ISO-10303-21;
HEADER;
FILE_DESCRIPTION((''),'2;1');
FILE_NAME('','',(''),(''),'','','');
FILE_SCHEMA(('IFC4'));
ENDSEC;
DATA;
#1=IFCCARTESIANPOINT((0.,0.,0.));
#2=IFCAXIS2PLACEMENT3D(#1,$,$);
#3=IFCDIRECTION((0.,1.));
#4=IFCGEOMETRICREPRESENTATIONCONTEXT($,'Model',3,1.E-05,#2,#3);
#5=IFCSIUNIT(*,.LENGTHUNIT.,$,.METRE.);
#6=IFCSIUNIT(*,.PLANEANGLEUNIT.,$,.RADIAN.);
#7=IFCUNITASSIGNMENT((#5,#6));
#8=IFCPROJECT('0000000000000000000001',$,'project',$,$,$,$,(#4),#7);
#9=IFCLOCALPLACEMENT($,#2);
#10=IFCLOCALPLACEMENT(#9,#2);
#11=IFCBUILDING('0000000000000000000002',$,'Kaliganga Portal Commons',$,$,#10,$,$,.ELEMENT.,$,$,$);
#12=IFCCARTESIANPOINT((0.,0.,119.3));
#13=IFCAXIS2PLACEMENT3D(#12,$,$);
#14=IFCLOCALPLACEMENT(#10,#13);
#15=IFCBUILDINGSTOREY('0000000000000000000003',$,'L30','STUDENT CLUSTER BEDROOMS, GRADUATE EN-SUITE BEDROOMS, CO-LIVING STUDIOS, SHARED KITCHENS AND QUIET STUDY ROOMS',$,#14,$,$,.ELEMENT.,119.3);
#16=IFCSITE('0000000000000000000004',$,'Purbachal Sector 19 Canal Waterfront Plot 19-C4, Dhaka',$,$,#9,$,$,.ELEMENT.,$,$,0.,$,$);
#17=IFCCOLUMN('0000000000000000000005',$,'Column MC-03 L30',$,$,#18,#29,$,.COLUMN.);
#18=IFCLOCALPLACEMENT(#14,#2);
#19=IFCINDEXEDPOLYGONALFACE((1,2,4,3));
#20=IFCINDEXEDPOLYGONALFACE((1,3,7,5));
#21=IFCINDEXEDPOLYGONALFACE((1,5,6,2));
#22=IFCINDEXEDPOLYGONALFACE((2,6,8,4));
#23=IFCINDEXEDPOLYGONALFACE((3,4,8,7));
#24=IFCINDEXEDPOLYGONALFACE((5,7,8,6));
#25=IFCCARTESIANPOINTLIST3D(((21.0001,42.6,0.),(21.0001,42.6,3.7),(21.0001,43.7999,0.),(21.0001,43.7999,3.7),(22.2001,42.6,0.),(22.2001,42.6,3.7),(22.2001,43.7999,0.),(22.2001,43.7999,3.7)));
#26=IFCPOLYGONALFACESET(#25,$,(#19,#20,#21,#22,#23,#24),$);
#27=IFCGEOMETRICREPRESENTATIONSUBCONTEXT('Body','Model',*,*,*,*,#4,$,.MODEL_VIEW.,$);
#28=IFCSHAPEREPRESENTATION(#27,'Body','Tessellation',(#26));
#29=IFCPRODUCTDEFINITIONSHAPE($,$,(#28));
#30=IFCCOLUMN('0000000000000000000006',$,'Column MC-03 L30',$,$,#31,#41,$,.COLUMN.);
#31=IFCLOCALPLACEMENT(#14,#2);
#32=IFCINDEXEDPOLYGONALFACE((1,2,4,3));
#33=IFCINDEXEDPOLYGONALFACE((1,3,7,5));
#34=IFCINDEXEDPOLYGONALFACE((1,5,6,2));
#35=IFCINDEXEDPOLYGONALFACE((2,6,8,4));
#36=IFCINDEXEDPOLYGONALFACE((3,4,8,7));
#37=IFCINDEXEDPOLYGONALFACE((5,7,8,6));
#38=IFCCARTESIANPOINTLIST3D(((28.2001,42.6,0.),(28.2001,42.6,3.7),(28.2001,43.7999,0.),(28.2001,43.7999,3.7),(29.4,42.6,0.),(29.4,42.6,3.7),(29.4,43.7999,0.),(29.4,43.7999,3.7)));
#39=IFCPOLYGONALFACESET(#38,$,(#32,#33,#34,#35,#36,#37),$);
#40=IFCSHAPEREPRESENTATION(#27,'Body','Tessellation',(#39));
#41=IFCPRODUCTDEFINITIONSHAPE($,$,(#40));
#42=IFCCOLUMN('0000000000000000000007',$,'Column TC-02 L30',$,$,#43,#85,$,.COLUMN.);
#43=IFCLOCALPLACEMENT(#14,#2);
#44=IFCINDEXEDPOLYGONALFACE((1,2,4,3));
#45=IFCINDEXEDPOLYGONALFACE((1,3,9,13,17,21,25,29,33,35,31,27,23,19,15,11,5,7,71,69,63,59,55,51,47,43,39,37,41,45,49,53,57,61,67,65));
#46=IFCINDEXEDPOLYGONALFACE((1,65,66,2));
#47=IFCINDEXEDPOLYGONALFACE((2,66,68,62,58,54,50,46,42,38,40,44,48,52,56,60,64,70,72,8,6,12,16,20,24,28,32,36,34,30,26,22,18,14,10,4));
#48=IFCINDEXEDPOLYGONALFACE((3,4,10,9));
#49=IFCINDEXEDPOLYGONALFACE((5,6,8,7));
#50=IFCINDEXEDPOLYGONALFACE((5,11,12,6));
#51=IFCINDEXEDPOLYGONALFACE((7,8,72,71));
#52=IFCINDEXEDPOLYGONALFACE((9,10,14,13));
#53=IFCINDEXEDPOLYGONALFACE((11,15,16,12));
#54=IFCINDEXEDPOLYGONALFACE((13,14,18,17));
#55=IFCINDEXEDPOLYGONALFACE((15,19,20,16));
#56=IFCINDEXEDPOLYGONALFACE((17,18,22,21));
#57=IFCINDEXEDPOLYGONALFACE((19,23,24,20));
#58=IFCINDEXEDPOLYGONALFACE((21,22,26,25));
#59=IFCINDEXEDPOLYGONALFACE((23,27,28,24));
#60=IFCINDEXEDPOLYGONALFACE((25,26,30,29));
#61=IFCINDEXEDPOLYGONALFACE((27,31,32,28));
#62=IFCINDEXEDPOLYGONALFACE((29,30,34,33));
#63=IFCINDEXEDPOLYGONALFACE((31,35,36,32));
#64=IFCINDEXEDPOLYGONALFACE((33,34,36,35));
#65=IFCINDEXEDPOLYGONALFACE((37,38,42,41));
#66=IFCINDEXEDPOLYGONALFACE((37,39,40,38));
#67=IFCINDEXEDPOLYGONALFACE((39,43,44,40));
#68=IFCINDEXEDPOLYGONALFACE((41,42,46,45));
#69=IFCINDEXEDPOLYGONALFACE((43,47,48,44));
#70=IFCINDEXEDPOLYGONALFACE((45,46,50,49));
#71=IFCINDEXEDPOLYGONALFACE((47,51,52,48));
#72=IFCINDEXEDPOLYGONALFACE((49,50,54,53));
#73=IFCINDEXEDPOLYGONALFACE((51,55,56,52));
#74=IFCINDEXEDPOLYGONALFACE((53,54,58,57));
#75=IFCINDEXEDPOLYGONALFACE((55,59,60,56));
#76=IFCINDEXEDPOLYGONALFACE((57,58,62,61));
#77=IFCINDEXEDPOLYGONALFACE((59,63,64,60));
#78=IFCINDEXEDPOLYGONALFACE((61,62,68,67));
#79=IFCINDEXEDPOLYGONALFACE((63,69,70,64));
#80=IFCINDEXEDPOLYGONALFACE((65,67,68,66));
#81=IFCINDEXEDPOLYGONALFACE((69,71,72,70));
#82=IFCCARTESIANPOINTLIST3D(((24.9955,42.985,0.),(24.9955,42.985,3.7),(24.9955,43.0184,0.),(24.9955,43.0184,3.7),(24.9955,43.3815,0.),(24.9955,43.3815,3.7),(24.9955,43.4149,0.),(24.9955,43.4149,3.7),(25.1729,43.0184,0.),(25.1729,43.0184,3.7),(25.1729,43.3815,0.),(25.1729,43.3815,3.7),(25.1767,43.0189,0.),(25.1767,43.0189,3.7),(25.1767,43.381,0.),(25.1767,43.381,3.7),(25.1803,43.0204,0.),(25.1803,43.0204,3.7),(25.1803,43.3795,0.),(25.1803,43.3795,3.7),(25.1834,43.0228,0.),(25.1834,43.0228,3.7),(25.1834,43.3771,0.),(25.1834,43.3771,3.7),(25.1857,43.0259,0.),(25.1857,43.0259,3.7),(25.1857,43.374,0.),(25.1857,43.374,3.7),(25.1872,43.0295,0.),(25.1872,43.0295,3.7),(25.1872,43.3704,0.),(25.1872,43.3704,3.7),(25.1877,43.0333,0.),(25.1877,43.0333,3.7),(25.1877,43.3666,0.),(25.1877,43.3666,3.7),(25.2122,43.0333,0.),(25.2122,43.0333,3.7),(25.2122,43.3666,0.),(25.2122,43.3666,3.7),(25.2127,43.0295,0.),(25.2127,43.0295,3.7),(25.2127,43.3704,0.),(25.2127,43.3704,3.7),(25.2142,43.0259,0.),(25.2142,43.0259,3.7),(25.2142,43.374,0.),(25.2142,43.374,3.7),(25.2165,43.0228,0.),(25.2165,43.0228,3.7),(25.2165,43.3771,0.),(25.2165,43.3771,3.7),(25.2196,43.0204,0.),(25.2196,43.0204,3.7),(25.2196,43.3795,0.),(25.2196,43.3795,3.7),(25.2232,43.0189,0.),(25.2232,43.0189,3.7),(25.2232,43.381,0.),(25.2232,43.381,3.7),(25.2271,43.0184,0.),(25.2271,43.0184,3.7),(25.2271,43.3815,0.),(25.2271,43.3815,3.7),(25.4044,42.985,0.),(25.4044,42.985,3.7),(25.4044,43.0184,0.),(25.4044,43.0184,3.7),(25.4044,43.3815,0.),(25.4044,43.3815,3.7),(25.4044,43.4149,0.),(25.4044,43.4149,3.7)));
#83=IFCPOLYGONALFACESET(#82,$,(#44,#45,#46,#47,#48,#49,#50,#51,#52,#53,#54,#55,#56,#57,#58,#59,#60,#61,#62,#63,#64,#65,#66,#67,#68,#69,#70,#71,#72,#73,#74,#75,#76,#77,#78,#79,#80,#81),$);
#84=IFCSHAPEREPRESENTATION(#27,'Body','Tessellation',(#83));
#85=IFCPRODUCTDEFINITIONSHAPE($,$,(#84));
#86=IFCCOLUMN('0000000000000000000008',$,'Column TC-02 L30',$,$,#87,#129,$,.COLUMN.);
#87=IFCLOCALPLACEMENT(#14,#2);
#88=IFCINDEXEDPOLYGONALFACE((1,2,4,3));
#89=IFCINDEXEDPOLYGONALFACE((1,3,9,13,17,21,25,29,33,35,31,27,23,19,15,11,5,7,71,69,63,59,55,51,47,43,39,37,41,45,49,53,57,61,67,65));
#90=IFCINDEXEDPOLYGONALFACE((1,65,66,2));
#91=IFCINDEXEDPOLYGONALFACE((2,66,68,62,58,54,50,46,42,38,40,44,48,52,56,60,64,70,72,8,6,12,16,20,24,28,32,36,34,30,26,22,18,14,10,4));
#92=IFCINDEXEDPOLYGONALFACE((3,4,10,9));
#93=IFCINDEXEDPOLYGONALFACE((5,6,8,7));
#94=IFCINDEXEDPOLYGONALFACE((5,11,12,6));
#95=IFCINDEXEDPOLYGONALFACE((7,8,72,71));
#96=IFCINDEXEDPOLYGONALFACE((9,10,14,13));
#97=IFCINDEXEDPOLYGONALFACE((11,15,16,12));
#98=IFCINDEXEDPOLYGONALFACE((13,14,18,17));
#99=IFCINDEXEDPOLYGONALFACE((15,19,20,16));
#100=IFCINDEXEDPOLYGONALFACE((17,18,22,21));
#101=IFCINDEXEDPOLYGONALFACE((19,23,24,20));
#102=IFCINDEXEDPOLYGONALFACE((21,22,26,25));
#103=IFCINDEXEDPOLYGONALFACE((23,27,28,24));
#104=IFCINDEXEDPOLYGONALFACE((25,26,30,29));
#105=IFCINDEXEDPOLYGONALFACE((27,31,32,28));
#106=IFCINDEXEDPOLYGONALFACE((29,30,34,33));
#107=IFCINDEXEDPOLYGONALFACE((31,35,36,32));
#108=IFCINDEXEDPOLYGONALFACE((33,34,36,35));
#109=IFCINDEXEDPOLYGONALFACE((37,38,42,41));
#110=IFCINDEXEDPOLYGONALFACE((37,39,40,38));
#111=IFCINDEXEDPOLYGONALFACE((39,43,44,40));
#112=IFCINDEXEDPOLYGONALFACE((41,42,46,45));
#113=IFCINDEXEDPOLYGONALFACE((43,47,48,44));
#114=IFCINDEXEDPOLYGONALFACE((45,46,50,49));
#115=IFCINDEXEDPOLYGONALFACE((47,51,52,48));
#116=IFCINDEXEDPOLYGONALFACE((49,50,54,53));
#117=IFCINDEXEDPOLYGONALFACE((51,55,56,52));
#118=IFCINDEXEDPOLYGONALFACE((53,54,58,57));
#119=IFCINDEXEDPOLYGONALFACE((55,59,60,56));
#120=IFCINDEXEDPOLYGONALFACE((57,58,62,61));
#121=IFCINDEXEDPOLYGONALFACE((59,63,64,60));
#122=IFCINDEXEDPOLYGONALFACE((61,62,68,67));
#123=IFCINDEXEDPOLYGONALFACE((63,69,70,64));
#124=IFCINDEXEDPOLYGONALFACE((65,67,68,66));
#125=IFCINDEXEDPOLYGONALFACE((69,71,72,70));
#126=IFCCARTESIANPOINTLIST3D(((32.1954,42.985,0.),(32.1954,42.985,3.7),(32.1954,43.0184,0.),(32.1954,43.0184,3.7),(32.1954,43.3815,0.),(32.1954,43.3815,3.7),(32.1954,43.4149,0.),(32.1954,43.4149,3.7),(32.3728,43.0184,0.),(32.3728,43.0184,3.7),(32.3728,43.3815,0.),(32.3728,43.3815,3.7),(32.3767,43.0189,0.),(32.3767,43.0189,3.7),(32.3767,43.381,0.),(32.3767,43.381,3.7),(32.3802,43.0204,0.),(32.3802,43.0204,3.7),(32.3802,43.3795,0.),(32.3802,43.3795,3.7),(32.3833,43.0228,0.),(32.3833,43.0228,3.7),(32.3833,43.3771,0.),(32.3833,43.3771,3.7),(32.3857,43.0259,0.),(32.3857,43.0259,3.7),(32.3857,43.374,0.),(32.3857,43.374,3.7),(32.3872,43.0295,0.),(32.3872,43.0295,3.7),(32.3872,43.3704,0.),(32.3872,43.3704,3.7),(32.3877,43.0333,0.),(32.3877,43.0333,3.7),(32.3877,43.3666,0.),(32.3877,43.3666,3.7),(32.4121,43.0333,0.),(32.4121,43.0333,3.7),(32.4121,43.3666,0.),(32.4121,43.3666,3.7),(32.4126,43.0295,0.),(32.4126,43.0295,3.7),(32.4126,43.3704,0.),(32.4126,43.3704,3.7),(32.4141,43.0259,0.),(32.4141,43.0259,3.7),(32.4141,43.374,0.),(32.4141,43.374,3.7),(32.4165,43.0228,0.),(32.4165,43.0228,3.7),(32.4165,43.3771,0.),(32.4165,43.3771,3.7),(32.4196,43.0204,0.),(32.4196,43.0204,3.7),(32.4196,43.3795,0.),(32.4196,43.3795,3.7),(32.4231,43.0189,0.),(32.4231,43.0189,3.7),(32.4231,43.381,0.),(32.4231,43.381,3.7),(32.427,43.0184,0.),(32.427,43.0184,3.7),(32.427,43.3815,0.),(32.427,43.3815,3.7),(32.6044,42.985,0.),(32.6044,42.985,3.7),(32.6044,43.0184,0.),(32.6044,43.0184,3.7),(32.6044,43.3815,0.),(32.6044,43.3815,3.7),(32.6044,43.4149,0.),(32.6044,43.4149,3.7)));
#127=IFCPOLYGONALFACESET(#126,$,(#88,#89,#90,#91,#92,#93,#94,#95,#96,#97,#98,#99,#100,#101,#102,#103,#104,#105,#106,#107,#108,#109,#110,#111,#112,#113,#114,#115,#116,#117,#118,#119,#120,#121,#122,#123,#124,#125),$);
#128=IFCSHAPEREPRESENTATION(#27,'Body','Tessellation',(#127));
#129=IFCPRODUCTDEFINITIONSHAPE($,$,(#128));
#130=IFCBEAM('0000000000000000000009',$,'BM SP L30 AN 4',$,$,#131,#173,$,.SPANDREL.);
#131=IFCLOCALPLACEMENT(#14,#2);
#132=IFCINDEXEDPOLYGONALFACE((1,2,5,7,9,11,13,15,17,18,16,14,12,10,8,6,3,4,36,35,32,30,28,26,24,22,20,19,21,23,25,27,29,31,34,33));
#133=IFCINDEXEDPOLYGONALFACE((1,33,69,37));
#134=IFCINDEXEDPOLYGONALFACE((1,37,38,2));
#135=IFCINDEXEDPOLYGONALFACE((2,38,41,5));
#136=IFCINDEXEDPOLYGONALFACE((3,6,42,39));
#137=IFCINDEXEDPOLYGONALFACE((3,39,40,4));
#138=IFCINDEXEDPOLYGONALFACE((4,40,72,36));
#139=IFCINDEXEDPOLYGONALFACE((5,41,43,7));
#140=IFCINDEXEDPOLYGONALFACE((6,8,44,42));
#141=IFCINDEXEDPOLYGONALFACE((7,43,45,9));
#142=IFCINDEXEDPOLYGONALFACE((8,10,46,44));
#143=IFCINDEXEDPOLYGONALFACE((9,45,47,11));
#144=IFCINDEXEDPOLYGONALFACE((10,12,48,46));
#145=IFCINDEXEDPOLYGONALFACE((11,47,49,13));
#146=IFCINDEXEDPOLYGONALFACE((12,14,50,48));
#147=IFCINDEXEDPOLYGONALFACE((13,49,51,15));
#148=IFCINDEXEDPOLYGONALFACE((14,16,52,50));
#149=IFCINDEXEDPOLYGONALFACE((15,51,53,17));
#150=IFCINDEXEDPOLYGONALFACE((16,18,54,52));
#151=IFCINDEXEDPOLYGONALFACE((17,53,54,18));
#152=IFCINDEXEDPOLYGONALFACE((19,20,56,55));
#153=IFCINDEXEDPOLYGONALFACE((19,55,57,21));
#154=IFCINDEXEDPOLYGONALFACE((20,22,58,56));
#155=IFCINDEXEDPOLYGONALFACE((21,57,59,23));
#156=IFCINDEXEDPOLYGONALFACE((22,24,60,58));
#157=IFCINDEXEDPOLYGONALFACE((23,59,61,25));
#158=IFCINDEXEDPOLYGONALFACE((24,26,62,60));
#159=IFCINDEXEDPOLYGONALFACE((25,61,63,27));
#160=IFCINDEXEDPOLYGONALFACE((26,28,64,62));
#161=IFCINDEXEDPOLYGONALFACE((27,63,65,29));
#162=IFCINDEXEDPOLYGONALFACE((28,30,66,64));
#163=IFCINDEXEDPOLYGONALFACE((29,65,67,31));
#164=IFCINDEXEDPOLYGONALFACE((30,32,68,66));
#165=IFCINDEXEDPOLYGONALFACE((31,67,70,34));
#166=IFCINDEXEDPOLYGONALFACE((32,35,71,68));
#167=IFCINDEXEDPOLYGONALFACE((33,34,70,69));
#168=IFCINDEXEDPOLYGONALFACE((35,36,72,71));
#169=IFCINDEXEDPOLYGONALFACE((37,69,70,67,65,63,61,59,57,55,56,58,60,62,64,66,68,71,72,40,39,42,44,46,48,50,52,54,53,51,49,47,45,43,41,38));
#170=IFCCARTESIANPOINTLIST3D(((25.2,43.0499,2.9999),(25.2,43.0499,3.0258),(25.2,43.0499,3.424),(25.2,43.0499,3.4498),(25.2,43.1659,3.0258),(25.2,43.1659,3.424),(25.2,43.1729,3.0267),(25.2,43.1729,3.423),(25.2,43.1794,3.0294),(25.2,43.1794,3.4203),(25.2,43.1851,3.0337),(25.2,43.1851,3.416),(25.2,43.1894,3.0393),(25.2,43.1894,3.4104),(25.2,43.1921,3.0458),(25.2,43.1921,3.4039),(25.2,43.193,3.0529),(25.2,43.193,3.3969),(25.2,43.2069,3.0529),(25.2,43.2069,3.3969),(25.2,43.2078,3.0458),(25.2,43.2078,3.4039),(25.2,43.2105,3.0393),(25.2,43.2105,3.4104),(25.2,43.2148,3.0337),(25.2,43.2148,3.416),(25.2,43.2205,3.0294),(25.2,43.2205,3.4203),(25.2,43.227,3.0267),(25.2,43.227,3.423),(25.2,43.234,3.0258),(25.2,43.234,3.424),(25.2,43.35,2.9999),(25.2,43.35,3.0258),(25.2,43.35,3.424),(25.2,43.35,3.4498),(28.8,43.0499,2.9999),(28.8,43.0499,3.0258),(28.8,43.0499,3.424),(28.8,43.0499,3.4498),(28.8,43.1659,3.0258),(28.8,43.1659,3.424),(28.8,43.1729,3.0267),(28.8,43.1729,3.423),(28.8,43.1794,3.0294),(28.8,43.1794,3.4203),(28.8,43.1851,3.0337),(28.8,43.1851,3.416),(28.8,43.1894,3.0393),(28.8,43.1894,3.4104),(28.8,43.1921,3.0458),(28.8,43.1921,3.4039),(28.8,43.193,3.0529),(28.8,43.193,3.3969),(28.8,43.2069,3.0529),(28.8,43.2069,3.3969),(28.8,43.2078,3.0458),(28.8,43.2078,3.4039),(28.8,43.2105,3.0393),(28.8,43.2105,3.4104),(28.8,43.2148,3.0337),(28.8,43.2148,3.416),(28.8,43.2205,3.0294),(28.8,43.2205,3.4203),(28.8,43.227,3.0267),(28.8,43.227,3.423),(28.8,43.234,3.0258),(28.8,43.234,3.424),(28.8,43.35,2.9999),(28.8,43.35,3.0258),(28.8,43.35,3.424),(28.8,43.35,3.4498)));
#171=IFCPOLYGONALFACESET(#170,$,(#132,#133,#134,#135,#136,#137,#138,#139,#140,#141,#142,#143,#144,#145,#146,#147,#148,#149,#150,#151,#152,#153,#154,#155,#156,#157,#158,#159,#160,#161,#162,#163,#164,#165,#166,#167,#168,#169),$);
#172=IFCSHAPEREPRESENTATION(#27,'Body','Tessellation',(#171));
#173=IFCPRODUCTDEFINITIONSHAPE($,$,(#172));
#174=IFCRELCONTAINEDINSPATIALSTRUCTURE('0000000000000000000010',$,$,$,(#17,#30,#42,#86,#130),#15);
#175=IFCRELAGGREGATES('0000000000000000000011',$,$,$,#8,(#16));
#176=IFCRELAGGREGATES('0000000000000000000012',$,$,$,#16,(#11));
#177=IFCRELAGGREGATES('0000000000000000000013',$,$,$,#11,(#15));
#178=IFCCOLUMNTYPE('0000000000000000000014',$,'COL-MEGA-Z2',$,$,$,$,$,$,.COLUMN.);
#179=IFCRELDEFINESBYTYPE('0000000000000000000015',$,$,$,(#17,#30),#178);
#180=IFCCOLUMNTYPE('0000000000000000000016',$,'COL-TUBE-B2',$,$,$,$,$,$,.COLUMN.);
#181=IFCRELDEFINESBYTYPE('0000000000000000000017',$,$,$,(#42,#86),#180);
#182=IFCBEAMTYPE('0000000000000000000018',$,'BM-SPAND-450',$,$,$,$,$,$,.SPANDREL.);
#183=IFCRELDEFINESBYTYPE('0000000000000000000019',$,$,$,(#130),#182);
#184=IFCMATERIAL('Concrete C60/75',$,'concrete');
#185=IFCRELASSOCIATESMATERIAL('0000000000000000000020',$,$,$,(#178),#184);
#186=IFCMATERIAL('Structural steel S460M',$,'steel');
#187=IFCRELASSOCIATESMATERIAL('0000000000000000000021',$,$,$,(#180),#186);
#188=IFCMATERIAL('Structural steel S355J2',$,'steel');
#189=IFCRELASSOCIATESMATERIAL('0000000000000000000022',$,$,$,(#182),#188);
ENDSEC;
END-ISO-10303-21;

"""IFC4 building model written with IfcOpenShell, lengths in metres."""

from ifc_helpers import new_model, si_unit, direction, frame, origin, origin_2d, place, context, subcontext, project, spatial, rectangle, i_section, extrude, source, transform, mapped, material, material_profile, profile_set, type_object, element, save


model = new_model("IFC4")

# Units and contexts
model_context = context("Model", 3, precision=1e-05, world=origin(), true_north=direction((0.0, 1.0)))
body_context = subcontext(model_context, "Body", "Model", "MODEL_VIEW")
ifc_project = project(units=[si_unit("LENGTHUNIT", "METRE"), si_unit("PLANEANGLEUNIT", "RADIAN")], contexts=[model_context])

# Site, building, storey
site_placement = place(None, origin())
site = spatial("IfcSite", under=ifc_project, at=site_placement, Name="Purbachal Sector 19 Canal Waterfront Plot 19-C4, Dhaka", CompositionType="ELEMENT", RefElevation=0.0)
building_placement = place(site_placement, origin())
building = spatial("IfcBuilding", under=site, at=building_placement, Name="Kaliganga Portal Commons", CompositionType="ELEMENT")
storey_placement = place(building_placement, frame((0.0, 0.0, 119.3)))
storey = spatial("IfcBuildingStorey", under=building, at=storey_placement, Name="L30", Description="STUDENT CLUSTER BEDROOMS, GRADUATE EN-SUITE BEDROOMS, CO-LIVING STUDIOS, SHARED KITCHENS AND QUIET STUDY ROOMS", CompositionType="ELEMENT", Elevation=119.3)

# Columns
ifc_material_1 = material(Name="Concrete C60/75", Category="concrete")
ifc_material_profile_1 = material_profile(ifc_material_1, rectangle(XDim=1.2, YDim=1.2, at=origin_2d()), Name="RC 1200x1200")
ifc_profile_set_1 = profile_set([ifc_material_profile_1], Name="Concrete C60/75")
column_type_1 = type_object("IfcColumnType", Name="COL-MEGA-Z2", PredefinedType="COLUMN", material=ifc_profile_set_1)
shared_shape_1 = source(origin(), body_context, "Body", "SweptSolid", [
    extrude(rectangle(XDim=1.2, YDim=1.2, at=origin_2d()), origin(), (0.0, 0.0, 1.0), 3.7),
])
for number, where, z_axis, x_axis, name in (
    (1, (21.6001, 43.2, 0.0), (0.0, 0.0, 1.0), (1.0, 0.0, 0.0), "Column MC-03 L30"),
    (2, (28.8, 43.2, 0.0), (0.0, 0.0, 1.0), (1.0, 0.0, 0.0), "Column MC-03 L30"),
):
    element("IfcColumn", number, at=place(storey_placement, frame(where, z_axis=z_axis, x_axis=x_axis)), inside=storey, type_object=column_type_1, Name=name, PredefinedType="COLUMN", context=body_context, shape_type="MappedRepresentation", body=[
        mapped(shared_shape_1, transform((0.0, 0.0, 0.0), x_axis=(1.0, 0.0, 0.0), y_axis=(0.0, 1.0, 0.0), z_axis=(0.0, 0.0, 1.0), scale=1.0)),
    ])
ifc_material_2 = material(Name="Structural steel S460M", Category="steel")
ifc_material_profile_2 = material_profile(ifc_material_2, i_section(OverallWidth=0.4089, OverallDepth=0.4299, WebThickness=0.0244, FlangeThickness=0.0334, FilletRadius=0.0149, at=origin_2d()), Name="HD 400x421")
ifc_profile_set_2 = profile_set([ifc_material_profile_2], Name="Structural steel S460M wide-flange")
column_type_2 = type_object("IfcColumnType", Name="COL-TUBE-B2", PredefinedType="COLUMN", material=ifc_profile_set_2)
shared_shape_2 = source(origin(), body_context, "Body", "SweptSolid", [
    extrude(i_section(OverallWidth=0.4089, OverallDepth=0.4299, WebThickness=0.0244, FlangeThickness=0.0334, FilletRadius=0.0149, at=origin_2d()), origin(), (0.0, 0.0, 1.0), 3.7),
])
for number, where, z_axis, x_axis, name in (
    (3, (25.2, 43.2, 0.0), (0.0, 0.0, 1.0), (1.0, 0.0, 0.0), "Column TC-02 L30"),
    (4, (32.3999, 43.2, 0.0), (0.0, 0.0, 1.0), (1.0, 0.0, 0.0), "Column TC-02 L30"),
):
    element("IfcColumn", number, at=place(storey_placement, frame(where, z_axis=z_axis, x_axis=x_axis)), inside=storey, type_object=column_type_2, Name=name, PredefinedType="COLUMN", context=body_context, shape_type="MappedRepresentation", body=[
        mapped(shared_shape_2, transform((0.0, 0.0, 0.0), x_axis=(1.0, 0.0, 0.0), y_axis=(0.0, 1.0, 0.0), z_axis=(0.0, 0.0, 1.0), scale=1.0)),
    ])

# Beam
ifc_material_3 = material(Name="Structural steel S355J2", Category="steel")
ifc_material_profile_3 = material_profile(ifc_material_3, i_section(OverallWidth=0.3, OverallDepth=0.45, WebThickness=0.0139, FlangeThickness=0.0259, FilletRadius=0.0271, at=origin_2d()), Name="HE 450 B")
ifc_profile_set_3 = profile_set([ifc_material_profile_3], Name="Structural steel S355J2 wide-flange")
beam_type_1 = type_object("IfcBeamType", Name="BM-SPAND-450", PredefinedType="SPANDREL", material=ifc_profile_set_3)
shared_shape_3 = source(origin(), body_context, "Body", "SweptSolid", [
    extrude(i_section(OverallWidth=0.3, OverallDepth=0.45, WebThickness=0.0139, FlangeThickness=0.0259, FilletRadius=0.0271, at=origin_2d()), origin(), (0.0, 0.0, 1.0), 3.6001),
])
for number, where, z_axis, x_axis, name in (
    (5, (25.2, 43.2, 3.2249), (1.0, 0.0, 0.0), (0.0, 1.0, 0.0), "BM SP L30 AN 4"),
):
    element("IfcBeam", number, at=place(storey_placement, frame(where, z_axis=z_axis, x_axis=x_axis)), inside=storey, type_object=beam_type_1, Name=name, PredefinedType="SPANDREL", context=body_context, shape_type="MappedRepresentation", body=[
        mapped(shared_shape_3, transform((0.0, 0.0, 0.0), x_axis=(1.0, 0.0, 0.0), y_axis=(0.0, 1.0, 0.0), z_axis=(0.0, 0.0, 1.0), scale=1.0)),
    ])

save(model, "model.ifc")
